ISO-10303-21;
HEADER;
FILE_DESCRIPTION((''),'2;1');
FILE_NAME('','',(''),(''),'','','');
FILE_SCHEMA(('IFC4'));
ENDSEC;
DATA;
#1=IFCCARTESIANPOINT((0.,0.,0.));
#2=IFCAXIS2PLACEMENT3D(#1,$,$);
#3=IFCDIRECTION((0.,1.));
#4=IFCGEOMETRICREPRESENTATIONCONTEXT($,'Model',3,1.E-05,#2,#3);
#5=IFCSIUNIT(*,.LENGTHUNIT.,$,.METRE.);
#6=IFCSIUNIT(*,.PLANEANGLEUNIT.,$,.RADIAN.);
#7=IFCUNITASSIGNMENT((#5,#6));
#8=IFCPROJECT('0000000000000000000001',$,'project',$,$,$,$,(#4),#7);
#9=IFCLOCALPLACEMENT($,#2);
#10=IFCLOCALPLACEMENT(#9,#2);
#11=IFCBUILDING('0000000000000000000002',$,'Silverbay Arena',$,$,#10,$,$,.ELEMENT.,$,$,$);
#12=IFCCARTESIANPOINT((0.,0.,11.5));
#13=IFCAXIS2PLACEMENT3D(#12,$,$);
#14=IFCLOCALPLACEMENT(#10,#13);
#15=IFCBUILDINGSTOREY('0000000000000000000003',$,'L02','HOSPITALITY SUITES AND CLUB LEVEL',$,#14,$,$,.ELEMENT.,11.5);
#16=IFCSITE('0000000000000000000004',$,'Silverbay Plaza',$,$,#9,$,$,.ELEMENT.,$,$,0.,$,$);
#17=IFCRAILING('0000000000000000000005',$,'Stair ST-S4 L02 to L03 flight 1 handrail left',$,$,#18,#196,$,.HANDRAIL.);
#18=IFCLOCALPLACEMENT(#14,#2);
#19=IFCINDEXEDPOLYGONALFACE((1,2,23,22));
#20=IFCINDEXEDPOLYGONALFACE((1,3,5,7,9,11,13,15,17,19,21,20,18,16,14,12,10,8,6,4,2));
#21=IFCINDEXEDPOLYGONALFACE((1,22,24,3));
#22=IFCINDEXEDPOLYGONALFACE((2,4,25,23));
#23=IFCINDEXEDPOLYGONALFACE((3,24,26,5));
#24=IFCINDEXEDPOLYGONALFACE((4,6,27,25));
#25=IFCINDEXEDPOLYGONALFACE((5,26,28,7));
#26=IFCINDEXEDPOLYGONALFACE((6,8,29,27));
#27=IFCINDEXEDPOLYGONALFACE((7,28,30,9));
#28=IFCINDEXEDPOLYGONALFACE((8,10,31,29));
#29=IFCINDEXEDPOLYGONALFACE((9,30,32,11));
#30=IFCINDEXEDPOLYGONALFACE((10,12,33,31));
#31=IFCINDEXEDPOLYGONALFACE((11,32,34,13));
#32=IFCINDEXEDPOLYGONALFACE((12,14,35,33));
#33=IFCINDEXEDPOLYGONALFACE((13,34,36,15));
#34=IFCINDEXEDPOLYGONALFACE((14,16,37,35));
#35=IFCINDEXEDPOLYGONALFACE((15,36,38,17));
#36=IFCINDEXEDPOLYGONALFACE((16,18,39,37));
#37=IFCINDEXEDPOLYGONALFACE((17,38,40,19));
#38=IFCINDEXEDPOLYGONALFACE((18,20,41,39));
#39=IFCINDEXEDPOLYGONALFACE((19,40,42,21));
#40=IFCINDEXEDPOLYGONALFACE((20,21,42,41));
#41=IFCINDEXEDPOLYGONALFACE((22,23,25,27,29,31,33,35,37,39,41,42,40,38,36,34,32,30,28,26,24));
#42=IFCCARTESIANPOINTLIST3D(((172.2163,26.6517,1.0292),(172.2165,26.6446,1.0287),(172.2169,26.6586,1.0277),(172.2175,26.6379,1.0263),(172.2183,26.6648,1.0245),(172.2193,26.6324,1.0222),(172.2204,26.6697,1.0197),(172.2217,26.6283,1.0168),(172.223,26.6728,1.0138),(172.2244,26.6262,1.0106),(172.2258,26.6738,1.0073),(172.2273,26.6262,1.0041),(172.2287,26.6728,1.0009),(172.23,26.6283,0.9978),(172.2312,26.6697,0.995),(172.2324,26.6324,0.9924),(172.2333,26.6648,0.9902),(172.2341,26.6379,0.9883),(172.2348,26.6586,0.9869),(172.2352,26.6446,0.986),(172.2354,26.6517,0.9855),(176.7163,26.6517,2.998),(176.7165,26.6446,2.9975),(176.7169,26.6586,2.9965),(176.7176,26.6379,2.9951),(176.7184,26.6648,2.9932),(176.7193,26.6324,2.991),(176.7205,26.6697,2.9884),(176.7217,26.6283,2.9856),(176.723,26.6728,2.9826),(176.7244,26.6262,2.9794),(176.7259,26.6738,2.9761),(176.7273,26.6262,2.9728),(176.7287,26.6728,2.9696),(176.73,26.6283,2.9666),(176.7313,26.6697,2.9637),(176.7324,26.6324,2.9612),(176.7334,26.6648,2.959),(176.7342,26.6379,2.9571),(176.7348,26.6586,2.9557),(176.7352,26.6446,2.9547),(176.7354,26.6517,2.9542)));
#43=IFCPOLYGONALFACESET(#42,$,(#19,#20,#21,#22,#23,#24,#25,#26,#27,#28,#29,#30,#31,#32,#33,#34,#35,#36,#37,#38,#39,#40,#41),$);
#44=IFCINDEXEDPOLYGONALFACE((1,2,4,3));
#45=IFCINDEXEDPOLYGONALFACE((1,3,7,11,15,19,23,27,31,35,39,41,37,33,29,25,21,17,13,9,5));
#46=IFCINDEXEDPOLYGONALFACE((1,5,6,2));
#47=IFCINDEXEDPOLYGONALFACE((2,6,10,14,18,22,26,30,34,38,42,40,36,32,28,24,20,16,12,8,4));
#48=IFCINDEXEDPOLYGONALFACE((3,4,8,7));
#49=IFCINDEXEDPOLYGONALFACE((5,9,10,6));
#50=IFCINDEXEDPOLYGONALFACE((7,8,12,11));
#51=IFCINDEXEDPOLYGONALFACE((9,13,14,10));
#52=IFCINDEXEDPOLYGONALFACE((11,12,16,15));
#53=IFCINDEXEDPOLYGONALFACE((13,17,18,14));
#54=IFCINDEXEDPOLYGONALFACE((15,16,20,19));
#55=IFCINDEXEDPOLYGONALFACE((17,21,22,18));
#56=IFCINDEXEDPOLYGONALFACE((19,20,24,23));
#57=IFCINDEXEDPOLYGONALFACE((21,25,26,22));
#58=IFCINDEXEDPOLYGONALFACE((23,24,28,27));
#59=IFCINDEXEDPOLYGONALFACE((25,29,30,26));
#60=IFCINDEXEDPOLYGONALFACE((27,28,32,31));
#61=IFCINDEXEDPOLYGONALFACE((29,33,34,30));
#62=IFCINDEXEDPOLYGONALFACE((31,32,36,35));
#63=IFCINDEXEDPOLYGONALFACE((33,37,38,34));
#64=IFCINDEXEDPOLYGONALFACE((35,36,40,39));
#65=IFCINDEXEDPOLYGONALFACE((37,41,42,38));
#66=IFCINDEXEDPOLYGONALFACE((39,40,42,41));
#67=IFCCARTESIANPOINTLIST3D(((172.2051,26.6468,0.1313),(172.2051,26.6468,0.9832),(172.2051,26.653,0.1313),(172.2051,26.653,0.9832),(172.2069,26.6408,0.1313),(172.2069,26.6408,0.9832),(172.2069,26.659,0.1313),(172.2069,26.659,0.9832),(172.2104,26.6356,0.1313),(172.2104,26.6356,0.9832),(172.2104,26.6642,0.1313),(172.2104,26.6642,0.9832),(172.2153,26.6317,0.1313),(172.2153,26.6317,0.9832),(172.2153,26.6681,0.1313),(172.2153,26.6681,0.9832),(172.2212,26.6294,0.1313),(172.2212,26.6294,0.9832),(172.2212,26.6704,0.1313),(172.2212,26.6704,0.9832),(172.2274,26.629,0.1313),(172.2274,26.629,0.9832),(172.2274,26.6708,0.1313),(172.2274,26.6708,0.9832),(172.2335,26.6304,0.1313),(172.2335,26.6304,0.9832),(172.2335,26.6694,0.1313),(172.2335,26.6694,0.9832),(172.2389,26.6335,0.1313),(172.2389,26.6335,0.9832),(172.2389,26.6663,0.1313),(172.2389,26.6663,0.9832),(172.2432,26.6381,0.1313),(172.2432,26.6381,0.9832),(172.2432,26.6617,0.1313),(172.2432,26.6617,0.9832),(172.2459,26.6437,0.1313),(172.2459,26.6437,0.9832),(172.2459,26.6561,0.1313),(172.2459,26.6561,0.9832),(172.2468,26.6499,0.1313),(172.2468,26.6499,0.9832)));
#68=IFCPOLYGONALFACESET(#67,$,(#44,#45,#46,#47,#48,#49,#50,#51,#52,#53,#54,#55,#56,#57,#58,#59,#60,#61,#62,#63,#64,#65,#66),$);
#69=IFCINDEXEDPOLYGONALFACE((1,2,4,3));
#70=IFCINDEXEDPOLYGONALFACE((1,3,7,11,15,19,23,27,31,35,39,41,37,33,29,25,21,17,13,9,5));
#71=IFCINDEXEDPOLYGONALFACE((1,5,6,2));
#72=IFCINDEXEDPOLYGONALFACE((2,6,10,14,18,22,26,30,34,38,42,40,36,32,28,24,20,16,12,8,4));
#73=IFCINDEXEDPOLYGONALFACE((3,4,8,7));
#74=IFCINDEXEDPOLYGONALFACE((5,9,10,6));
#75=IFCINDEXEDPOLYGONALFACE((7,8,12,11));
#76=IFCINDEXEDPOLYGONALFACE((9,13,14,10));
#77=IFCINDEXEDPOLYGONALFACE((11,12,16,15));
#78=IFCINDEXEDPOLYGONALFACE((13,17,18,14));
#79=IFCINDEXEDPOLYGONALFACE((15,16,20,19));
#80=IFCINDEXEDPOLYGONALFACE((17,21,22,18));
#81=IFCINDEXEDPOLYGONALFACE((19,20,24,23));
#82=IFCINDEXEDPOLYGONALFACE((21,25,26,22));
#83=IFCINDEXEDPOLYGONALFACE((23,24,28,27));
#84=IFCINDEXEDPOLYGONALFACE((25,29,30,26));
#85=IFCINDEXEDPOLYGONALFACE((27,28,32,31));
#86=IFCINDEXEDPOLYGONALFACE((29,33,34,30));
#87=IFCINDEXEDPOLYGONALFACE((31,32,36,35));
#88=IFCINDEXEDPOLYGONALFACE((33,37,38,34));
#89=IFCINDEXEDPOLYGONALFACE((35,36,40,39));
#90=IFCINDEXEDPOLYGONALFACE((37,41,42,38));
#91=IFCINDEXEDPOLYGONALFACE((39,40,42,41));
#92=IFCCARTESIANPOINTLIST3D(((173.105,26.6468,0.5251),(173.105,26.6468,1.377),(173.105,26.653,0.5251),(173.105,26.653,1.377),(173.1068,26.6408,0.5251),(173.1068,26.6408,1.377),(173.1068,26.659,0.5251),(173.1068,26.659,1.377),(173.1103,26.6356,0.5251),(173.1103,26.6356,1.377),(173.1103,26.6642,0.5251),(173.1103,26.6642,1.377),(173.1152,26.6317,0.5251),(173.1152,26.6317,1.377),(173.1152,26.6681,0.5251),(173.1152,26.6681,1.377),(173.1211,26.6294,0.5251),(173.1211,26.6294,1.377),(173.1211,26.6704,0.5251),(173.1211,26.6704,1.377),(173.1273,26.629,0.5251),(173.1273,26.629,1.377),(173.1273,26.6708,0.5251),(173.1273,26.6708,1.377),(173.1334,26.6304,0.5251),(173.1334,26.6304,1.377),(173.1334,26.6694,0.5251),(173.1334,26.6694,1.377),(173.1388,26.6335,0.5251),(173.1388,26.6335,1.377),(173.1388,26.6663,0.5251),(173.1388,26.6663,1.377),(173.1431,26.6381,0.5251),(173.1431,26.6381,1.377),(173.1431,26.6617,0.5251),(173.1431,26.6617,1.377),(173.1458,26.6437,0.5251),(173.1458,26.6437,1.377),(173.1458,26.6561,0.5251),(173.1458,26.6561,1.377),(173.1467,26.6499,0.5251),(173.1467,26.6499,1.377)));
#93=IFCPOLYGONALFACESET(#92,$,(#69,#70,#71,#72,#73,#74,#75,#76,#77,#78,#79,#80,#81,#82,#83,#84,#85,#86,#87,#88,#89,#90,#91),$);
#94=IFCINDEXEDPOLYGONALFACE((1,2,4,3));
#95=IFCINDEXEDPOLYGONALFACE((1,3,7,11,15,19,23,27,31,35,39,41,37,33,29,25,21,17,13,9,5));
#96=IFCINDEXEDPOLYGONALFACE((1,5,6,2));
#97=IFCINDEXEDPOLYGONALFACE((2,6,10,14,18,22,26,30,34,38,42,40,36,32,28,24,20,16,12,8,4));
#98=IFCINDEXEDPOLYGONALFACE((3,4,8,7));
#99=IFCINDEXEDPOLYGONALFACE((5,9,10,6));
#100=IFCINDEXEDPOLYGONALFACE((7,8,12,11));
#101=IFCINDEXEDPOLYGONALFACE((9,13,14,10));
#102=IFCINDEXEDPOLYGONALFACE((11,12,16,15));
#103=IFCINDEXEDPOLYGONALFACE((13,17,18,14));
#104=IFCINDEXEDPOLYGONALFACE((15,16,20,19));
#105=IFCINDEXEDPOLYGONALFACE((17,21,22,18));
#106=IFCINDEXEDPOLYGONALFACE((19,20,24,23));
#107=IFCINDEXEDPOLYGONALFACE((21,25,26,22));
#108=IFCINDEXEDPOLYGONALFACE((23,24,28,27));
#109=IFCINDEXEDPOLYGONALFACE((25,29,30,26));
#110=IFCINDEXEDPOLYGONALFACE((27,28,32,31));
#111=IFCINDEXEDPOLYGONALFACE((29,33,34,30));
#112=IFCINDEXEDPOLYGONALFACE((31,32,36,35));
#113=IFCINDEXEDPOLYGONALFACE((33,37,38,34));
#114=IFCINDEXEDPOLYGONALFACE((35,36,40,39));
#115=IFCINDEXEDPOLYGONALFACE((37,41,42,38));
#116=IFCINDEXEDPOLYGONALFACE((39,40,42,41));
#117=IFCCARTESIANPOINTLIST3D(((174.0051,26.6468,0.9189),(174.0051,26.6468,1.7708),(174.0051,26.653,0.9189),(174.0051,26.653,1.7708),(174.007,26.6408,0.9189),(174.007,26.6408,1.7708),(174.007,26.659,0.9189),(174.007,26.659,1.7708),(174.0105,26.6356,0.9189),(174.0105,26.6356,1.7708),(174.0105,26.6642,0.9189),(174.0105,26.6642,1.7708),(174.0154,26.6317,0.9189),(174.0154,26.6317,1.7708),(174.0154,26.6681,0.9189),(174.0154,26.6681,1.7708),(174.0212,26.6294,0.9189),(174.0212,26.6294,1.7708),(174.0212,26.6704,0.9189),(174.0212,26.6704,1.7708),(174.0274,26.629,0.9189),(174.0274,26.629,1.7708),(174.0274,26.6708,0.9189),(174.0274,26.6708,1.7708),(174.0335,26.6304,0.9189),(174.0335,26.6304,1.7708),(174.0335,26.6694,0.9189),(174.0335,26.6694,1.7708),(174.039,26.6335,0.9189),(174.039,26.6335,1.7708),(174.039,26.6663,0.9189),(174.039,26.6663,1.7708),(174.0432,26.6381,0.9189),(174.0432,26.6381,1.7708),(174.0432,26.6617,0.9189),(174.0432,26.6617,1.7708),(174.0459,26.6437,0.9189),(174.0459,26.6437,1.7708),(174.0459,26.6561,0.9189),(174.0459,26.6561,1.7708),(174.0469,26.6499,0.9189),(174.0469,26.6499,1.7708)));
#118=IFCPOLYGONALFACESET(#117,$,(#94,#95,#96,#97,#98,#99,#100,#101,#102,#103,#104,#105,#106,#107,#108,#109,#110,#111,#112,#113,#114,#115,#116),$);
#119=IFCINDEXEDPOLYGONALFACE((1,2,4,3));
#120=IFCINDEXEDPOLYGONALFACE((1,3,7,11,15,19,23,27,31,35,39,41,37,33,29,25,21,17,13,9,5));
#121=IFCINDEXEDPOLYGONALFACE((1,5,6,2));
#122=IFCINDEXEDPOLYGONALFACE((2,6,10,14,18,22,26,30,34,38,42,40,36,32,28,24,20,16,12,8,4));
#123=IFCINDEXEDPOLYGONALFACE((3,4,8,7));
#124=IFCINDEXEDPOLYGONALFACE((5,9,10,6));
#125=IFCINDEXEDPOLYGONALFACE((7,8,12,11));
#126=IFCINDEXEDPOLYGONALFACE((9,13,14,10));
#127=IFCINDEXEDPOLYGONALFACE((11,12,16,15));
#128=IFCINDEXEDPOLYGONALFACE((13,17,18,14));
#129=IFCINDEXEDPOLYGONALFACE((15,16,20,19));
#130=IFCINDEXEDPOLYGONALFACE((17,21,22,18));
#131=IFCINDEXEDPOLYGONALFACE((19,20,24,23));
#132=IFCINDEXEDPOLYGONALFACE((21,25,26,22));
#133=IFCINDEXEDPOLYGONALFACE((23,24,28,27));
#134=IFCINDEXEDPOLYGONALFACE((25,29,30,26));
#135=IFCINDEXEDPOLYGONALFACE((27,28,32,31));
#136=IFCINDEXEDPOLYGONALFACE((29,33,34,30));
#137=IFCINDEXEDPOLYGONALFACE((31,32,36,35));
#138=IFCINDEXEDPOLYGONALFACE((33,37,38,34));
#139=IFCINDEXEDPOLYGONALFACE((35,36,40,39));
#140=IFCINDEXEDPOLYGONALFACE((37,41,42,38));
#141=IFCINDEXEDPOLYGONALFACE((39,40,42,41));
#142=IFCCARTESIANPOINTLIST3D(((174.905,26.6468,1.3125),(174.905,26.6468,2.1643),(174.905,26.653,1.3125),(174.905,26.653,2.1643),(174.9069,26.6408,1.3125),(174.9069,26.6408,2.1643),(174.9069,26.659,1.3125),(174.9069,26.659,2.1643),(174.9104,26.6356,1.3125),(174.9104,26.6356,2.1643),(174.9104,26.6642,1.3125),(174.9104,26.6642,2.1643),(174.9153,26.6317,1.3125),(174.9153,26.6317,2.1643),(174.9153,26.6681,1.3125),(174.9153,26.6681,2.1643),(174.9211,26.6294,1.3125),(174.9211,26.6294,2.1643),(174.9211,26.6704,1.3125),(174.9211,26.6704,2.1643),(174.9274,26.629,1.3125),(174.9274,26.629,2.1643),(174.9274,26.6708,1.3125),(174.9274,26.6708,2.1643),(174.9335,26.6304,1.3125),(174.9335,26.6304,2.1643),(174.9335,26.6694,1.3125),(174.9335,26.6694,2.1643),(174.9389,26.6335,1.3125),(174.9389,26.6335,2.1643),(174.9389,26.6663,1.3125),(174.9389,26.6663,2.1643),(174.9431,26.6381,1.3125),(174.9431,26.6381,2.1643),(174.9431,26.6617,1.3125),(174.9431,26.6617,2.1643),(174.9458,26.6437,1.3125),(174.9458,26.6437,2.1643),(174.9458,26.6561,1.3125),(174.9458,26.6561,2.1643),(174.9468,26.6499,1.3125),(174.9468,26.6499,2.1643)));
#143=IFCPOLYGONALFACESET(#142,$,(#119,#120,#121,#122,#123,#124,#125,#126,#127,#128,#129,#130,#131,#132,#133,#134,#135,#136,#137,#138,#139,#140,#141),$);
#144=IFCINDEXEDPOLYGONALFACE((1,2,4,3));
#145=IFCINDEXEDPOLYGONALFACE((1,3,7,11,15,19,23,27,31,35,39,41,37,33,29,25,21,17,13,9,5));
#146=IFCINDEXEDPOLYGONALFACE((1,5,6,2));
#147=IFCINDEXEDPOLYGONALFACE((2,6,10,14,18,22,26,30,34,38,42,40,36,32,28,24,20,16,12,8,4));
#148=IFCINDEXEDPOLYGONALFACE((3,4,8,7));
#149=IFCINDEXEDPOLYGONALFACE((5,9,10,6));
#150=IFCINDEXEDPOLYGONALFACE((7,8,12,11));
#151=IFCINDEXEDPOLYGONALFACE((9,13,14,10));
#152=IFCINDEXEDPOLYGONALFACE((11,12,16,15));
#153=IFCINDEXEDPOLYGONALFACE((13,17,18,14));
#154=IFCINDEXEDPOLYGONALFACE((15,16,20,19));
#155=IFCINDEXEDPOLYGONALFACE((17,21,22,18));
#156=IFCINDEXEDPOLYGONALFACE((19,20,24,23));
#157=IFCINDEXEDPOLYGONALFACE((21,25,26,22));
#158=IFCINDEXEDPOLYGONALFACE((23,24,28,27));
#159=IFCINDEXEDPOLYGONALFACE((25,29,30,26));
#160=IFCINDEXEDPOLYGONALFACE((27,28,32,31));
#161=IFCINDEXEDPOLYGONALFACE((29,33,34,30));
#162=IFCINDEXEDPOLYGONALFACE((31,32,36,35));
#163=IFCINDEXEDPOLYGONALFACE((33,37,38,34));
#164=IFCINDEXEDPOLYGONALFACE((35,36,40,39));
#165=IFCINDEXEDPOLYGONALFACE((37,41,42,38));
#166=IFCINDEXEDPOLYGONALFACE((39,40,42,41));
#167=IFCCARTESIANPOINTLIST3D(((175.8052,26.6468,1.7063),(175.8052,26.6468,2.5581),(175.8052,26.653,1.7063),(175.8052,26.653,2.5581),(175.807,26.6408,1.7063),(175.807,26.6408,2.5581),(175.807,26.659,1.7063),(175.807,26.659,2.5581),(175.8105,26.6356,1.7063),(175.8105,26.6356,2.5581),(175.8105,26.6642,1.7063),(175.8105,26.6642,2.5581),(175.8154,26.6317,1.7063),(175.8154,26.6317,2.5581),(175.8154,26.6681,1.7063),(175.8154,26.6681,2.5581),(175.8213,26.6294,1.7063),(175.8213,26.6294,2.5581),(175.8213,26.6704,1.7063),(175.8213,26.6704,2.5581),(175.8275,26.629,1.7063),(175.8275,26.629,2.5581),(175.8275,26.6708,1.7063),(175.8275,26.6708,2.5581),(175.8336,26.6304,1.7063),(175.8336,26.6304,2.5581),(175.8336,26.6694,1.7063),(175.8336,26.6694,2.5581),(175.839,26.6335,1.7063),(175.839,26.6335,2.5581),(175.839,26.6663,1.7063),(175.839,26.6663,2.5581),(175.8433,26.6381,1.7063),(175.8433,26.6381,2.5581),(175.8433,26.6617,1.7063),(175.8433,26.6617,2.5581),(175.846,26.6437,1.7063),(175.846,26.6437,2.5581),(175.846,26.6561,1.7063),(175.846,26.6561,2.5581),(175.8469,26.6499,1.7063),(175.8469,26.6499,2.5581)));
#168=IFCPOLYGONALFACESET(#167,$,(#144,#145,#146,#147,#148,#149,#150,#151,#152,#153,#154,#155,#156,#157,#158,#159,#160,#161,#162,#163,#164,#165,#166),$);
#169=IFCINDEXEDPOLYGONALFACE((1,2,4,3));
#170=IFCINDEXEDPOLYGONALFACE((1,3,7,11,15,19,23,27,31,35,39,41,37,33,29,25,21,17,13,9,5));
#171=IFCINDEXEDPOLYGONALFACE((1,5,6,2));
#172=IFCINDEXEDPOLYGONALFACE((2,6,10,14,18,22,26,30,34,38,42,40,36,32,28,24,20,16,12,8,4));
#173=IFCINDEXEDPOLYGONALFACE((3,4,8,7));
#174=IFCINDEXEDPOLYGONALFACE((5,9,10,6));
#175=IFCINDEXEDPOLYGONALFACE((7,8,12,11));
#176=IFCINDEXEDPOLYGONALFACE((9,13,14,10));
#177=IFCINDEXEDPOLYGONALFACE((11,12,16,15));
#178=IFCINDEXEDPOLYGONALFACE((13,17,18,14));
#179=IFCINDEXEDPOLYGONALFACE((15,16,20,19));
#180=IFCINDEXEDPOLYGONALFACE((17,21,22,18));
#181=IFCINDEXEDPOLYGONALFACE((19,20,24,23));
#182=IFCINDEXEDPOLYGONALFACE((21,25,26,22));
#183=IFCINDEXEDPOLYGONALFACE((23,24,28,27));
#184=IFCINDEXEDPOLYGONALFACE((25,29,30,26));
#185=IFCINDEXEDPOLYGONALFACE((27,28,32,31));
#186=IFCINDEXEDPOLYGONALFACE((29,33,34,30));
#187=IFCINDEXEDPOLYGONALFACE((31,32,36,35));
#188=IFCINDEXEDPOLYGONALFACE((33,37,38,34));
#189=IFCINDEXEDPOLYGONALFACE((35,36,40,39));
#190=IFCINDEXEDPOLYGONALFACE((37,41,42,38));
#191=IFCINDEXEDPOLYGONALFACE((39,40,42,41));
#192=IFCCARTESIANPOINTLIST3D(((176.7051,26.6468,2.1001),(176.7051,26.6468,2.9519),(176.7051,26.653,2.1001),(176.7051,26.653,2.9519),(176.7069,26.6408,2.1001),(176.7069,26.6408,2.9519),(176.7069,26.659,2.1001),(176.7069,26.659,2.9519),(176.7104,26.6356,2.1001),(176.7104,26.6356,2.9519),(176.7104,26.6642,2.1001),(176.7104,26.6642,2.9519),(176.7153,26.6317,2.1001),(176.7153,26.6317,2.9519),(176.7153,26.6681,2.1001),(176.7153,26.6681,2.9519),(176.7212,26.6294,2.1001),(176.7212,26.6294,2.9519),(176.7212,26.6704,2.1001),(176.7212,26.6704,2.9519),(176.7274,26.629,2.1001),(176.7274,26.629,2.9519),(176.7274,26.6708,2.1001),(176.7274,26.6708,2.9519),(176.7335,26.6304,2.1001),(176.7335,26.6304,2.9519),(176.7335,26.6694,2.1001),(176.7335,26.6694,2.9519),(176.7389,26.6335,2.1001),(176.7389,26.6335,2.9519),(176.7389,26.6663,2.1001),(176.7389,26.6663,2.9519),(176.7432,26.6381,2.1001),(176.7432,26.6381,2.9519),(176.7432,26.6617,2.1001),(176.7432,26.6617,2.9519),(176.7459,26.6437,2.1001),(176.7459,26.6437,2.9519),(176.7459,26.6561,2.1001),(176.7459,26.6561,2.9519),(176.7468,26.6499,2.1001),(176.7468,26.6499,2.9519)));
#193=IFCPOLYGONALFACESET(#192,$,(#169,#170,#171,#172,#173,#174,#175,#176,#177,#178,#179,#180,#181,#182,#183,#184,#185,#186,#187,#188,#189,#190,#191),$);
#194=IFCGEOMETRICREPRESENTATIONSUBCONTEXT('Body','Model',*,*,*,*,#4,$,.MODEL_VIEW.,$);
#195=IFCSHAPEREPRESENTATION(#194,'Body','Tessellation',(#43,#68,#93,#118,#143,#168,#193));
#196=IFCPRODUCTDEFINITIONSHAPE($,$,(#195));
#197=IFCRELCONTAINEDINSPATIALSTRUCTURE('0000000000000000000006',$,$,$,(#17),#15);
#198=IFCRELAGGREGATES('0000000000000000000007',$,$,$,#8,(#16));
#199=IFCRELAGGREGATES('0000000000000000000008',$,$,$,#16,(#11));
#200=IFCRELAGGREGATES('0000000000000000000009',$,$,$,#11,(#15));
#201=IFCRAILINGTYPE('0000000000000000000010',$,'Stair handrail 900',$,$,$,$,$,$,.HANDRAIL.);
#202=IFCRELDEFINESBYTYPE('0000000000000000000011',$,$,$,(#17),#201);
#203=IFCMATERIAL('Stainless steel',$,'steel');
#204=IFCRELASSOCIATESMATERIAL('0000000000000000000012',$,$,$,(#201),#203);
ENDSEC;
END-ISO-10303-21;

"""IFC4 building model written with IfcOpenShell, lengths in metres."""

from ifc_helpers import new_model, si_unit, direction, frame, origin, origin_2d, place, context, subcontext, project, spatial, circle, extrude, material, type_object, element, save


model = new_model("IFC4")

# Units and contexts
model_context = context("Model", 3, precision=1e-05, world=origin(), true_north=direction((0.0, 1.0)))
body_context = subcontext(model_context, "Body", "Model", "MODEL_VIEW")
ifc_project = project(units=[si_unit("LENGTHUNIT", "METRE"), si_unit("PLANEANGLEUNIT", "RADIAN")], contexts=[model_context])

# Site, building, storey
site_placement = place(None, origin())
site = spatial("IfcSite", under=ifc_project, at=site_placement, Name="Silverbay Plaza", CompositionType="ELEMENT", RefElevation=0.0)
building_placement = place(site_placement, origin())
building = spatial("IfcBuilding", under=site, at=building_placement, Name="Silverbay Arena", CompositionType="ELEMENT")
storey_placement = place(building_placement, frame((0.0, 0.0, 11.5)))
storey = spatial("IfcBuildingStorey", under=building, at=storey_placement, Name="L02", Description="HOSPITALITY SUITES AND CLUB LEVEL", CompositionType="ELEMENT", Elevation=11.5)

# Railing
ifc_material_1 = material(Name="Stainless steel", Category="steel")
railing_type_1 = type_object("IfcRailingType", Name="Stair handrail 900", PredefinedType="HANDRAIL", material=ifc_material_1)
for number, where, name in (
    (1, (172.2258, 26.6499, 0.1313), "Stair ST-S4 L02 to L03 flight 1 handrail left"),
):
    element("IfcRailing", number, at=place(storey_placement, frame(where)), inside=storey, type_object=railing_type_1, Name=name, PredefinedType="HANDRAIL", context=body_context, shape_type="SweptSolid", body=[
        extrude(circle(Radius=0.0239, at=origin_2d()), frame((0.0, 0.0, 0.876), z_axis=(0.916157, 0.0, 0.400819), x_axis=(0.0, 1.0, 0.0)), (0.0, 0.0, 1.0), 4.9119),
        extrude(circle(Radius=0.021, at=origin_2d()), origin(), (0.0, 0.0, 1.0), 0.8518),
        extrude(circle(Radius=0.021, at=origin_2d()), frame((0.8999, 0.0, 0.3938)), (0.0, 0.0, 1.0), 0.8518),
        extrude(circle(Radius=0.021, at=origin_2d()), frame((1.8, 0.0, 0.7876)), (0.0, 0.0, 1.0), 0.8518),
        extrude(circle(Radius=0.021, at=origin_2d()), frame((2.7, 0.0, 1.1812)), (0.0, 0.0, 1.0), 0.8518),
        extrude(circle(Radius=0.021, at=origin_2d()), frame((3.6001, 0.0, 1.575)), (0.0, 0.0, 1.0), 0.8518),
        extrude(circle(Radius=0.021, at=origin_2d()), frame((4.5, 0.0, 1.9688)), (0.0, 0.0, 1.0), 0.8518),
    ])

save(model, "model.ifc")
